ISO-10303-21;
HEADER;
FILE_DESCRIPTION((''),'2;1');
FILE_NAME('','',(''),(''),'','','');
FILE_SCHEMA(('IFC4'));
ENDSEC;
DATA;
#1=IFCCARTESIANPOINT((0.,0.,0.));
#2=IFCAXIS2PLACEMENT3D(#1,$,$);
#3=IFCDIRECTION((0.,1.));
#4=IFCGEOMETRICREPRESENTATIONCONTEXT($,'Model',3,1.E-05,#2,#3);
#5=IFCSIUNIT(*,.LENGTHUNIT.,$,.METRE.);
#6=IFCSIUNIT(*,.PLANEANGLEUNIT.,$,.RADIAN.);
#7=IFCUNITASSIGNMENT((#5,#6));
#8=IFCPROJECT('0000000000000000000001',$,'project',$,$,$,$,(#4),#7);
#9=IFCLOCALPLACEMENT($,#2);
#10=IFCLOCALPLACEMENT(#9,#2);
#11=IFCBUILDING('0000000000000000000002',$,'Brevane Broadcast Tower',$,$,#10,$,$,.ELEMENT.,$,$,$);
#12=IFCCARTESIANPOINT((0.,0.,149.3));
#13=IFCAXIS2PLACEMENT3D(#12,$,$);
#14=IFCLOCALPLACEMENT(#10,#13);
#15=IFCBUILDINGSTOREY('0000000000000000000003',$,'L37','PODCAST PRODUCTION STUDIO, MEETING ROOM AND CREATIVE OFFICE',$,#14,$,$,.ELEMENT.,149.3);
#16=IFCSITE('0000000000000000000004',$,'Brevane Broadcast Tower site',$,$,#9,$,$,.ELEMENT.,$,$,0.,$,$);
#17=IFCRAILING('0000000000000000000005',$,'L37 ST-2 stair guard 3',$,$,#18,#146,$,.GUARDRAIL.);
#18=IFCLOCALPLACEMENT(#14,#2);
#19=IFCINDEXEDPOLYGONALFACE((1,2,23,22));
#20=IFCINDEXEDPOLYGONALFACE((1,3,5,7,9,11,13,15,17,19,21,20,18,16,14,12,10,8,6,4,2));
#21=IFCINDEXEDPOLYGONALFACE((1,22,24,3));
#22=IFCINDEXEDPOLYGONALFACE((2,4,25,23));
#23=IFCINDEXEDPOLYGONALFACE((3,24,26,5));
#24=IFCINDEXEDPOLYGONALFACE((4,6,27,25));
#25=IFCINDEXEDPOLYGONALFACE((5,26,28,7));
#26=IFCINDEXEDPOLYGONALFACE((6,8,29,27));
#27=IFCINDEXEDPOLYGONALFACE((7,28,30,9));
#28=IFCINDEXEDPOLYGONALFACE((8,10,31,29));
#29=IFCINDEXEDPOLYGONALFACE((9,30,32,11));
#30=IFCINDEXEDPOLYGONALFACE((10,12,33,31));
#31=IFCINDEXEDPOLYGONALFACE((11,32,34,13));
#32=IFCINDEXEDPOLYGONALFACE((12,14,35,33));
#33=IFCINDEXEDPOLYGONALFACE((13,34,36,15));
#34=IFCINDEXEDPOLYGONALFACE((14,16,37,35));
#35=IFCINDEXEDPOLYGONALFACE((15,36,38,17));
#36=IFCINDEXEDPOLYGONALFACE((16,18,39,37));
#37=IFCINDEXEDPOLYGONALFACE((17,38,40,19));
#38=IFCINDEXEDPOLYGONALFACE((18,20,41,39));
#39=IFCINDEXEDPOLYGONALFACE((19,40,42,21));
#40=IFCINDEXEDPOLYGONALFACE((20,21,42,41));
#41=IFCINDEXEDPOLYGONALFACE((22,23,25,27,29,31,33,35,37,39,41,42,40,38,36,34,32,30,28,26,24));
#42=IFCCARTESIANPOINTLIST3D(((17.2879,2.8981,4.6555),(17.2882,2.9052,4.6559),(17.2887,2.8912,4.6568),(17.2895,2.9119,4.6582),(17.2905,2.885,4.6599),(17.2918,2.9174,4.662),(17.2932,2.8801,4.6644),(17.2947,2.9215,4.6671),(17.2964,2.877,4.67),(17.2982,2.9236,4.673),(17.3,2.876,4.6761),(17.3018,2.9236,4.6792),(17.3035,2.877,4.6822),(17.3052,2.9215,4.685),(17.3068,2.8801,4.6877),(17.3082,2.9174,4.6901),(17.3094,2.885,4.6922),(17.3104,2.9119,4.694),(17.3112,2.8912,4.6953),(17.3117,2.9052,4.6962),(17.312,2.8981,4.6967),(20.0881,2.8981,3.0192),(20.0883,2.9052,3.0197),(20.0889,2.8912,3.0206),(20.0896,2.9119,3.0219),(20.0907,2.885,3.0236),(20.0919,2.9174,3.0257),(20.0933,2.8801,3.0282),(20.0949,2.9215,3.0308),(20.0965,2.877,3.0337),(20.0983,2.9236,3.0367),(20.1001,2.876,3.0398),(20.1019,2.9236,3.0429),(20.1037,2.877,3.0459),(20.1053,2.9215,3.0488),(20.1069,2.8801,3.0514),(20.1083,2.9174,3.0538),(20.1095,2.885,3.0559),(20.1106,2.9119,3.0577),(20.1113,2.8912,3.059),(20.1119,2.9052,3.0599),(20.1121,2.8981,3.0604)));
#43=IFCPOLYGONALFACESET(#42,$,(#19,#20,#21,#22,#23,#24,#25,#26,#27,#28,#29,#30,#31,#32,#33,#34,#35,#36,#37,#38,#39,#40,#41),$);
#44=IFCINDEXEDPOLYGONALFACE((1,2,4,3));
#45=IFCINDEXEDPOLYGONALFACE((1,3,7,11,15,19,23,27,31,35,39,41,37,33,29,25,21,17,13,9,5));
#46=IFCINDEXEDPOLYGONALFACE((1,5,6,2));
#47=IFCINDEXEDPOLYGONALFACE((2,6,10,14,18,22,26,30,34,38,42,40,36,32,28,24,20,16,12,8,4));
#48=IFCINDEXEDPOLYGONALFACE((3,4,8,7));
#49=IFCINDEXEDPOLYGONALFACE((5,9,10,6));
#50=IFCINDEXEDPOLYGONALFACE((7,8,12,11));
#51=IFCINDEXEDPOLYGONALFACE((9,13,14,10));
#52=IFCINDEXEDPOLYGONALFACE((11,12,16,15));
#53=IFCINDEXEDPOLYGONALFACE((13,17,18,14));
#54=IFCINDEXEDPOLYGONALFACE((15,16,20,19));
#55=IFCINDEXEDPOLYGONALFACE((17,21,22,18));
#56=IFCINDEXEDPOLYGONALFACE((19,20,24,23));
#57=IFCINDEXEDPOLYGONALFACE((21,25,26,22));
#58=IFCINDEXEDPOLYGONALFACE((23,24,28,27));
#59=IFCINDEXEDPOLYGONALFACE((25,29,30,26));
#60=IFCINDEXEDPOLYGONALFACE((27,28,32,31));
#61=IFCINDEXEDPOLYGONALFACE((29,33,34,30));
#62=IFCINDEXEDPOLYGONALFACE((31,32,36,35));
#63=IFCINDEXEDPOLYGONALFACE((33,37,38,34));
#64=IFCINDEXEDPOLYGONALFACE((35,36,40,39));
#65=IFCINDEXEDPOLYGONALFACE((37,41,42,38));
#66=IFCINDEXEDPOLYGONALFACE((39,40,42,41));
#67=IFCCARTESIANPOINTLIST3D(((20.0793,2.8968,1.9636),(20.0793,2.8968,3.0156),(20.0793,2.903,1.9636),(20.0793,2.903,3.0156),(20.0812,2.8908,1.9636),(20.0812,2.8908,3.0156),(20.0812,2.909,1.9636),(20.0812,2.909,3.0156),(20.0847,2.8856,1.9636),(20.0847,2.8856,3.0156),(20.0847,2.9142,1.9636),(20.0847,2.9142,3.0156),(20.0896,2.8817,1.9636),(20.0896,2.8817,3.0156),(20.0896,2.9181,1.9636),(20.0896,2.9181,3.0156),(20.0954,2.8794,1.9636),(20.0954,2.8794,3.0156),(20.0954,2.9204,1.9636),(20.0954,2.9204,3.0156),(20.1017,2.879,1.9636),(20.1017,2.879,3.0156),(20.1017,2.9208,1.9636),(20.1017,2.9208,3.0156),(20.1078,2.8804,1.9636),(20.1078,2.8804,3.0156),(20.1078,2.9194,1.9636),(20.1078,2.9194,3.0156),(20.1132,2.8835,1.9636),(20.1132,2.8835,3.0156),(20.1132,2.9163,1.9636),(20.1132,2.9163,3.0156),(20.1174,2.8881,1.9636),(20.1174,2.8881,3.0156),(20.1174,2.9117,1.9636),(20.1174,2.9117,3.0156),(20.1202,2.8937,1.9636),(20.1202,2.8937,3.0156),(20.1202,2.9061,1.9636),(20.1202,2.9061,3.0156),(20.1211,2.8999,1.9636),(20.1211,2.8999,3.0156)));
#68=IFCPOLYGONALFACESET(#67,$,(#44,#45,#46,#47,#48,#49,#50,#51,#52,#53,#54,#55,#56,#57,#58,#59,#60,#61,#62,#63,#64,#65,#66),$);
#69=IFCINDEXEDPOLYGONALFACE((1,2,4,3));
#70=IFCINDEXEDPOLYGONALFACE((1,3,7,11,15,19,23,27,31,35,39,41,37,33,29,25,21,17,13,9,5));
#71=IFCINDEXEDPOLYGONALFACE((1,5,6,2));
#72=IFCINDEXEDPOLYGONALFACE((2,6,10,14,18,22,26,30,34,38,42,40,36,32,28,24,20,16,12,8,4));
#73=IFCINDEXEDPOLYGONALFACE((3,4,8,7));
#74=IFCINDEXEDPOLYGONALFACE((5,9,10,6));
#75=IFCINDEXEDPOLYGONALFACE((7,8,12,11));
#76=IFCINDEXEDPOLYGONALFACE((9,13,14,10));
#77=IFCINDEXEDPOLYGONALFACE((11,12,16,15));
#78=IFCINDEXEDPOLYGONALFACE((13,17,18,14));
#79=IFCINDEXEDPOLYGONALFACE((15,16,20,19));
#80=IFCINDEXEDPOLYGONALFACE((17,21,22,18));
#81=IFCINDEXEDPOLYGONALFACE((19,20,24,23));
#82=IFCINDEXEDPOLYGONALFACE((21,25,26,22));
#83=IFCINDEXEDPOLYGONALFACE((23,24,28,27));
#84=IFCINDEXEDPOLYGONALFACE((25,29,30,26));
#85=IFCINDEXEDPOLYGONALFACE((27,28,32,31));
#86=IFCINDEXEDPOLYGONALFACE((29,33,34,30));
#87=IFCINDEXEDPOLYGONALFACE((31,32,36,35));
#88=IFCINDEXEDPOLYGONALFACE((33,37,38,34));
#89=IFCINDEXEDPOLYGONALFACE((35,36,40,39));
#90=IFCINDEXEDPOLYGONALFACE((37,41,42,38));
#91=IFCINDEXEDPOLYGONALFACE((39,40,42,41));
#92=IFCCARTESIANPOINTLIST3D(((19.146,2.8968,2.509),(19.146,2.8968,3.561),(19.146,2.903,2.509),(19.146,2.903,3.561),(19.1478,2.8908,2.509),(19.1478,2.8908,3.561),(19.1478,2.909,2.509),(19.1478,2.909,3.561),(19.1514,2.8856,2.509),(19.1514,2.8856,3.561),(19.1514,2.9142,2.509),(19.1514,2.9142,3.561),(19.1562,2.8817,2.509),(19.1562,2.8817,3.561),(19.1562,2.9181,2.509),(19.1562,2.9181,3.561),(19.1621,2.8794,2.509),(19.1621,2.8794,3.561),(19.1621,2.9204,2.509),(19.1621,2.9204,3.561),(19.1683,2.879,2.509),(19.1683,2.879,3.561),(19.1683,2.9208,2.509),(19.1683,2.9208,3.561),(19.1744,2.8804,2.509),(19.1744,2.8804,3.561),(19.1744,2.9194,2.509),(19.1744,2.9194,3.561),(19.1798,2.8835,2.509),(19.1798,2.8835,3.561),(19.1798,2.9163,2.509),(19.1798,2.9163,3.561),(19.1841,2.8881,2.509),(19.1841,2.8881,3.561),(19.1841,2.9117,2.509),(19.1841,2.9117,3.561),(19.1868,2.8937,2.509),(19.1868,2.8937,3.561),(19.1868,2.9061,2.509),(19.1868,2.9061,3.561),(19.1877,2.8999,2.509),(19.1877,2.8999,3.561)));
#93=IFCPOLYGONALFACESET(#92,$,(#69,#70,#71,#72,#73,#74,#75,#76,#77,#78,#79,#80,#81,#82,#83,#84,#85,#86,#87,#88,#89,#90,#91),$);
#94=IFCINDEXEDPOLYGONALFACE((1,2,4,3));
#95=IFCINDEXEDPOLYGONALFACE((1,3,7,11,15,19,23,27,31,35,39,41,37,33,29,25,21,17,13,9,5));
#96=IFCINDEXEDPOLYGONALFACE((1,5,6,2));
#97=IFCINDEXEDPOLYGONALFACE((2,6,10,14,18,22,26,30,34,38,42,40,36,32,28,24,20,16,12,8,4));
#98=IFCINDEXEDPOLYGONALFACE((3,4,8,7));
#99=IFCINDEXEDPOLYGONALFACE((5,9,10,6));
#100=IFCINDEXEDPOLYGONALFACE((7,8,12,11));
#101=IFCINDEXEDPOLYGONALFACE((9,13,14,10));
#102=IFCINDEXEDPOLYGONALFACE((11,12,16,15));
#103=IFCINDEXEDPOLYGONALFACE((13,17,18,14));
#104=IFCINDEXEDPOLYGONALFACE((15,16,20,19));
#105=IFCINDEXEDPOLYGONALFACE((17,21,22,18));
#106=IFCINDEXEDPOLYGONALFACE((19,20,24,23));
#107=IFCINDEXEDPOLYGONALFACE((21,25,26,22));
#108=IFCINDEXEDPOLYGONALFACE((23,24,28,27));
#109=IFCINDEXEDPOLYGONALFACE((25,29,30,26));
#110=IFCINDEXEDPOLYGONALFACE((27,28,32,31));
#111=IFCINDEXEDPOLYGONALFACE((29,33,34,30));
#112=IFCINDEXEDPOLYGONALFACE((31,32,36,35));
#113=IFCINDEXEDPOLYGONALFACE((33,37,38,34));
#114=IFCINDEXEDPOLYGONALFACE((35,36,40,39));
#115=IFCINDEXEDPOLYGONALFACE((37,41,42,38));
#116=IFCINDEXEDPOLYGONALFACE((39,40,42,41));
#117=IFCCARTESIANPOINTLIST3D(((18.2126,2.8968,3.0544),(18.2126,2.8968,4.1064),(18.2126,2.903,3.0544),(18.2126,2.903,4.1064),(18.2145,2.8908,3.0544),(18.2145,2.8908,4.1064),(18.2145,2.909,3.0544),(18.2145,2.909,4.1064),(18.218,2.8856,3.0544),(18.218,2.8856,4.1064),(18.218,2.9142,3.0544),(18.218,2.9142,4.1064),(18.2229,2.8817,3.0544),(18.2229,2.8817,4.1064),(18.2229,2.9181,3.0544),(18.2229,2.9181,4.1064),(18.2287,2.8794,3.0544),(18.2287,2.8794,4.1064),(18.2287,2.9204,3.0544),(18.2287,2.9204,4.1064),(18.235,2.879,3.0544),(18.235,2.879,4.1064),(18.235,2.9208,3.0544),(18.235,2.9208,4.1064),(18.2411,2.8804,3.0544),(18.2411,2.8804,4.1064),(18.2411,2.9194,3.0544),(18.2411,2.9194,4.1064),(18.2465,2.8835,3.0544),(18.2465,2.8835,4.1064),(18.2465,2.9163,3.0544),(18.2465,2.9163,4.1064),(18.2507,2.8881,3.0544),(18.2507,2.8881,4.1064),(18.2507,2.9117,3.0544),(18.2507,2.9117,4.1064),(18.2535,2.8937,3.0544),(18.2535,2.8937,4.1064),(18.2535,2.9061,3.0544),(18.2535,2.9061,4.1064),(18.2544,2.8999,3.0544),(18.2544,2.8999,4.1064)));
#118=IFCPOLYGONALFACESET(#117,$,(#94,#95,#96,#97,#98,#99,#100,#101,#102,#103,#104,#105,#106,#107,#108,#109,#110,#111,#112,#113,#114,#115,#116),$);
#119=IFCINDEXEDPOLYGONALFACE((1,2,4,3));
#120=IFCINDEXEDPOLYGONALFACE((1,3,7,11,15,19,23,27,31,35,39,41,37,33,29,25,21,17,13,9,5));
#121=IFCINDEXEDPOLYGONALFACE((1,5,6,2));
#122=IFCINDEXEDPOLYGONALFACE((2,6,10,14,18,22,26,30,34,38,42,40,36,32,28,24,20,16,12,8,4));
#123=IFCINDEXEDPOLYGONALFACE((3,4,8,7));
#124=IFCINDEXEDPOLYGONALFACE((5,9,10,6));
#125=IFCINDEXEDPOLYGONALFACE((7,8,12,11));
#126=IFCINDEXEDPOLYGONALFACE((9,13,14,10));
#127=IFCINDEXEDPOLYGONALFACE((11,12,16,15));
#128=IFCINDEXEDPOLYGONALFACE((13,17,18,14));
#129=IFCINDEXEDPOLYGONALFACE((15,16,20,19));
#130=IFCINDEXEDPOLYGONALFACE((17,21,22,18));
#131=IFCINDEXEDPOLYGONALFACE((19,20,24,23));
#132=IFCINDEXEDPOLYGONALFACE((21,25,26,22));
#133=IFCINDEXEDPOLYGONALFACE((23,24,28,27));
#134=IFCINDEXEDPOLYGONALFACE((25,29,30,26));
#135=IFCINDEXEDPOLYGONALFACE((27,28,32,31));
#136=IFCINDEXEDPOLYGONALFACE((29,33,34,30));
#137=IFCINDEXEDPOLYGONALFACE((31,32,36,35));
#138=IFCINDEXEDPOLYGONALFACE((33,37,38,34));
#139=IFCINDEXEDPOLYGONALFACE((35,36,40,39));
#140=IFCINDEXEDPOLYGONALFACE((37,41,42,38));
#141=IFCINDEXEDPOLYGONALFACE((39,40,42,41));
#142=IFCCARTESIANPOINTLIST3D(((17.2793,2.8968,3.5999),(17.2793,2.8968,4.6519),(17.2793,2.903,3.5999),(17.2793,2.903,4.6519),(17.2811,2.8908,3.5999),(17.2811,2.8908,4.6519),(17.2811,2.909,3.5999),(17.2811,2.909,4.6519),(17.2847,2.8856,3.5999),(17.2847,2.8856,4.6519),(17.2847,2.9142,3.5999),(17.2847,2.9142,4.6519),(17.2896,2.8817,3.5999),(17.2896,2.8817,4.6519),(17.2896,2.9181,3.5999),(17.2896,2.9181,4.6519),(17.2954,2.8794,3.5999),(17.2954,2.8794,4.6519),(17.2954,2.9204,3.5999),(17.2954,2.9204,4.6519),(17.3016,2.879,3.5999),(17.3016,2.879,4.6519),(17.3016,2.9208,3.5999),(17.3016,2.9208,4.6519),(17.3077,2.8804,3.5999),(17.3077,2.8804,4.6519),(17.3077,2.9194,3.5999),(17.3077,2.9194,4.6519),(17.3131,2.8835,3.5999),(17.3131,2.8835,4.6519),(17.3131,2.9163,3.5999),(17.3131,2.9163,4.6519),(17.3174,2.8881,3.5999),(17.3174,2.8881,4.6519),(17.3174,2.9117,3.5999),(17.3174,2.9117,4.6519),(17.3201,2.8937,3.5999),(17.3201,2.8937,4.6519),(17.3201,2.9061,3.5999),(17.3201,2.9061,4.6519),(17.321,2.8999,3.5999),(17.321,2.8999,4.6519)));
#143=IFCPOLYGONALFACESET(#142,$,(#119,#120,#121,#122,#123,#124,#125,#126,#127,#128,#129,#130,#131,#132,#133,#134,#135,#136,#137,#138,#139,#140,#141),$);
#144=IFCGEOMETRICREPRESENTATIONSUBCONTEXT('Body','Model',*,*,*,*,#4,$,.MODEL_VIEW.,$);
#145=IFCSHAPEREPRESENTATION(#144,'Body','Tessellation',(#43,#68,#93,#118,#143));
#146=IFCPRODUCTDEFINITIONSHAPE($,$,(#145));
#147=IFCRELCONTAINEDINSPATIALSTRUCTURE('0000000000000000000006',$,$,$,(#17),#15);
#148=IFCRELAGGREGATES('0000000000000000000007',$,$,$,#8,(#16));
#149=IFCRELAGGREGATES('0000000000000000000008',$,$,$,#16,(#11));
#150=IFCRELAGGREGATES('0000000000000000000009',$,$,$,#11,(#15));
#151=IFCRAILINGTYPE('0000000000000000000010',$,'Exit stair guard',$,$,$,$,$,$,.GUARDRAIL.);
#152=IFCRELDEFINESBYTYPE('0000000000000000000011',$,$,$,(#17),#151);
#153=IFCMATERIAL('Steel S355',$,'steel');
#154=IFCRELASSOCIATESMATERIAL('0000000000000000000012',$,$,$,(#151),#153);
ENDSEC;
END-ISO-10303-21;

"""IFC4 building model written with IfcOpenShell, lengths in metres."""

from ifc_helpers import new_model, si_unit, direction, frame, origin, origin_2d, place, context, subcontext, project, spatial, circle, extrude, material, type_object, element, save


model = new_model("IFC4")

# Units and contexts
model_context = context("Model", 3, precision=1e-05, world=origin(), true_north=direction((0.0, 1.0)))
body_context = subcontext(model_context, "Body", "Model", "MODEL_VIEW")
ifc_project = project(units=[si_unit("LENGTHUNIT", "METRE"), si_unit("PLANEANGLEUNIT", "RADIAN")], contexts=[model_context])

# Site, building, storey
site_placement = place(None, origin())
site = spatial("IfcSite", under=ifc_project, at=site_placement, Name="Brevane Broadcast Tower site", CompositionType="ELEMENT", RefElevation=0.0)
building_placement = place(site_placement, origin())
building = spatial("IfcBuilding", under=site, at=building_placement, Name="Brevane Broadcast Tower", CompositionType="ELEMENT")
storey_placement = place(building_placement, frame((0.0, 0.0, 149.3)))
storey = spatial("IfcBuildingStorey", under=building, at=storey_placement, Name="L37", Description="PODCAST PRODUCTION STUDIO, MEETING ROOM AND CREATIVE OFFICE", CompositionType="ELEMENT", Elevation=149.3)

# Railing
ifc_material_1 = material(Name="Steel S355", Category="steel")
railing_type = type_object("IfcRailingType", Name="Exit stair guard", PredefinedType="GUARDRAIL", material=ifc_material_1)
railing_placement = place(storey_placement, frame((20.1001, 2.8999, 1.9636)))
element("IfcRailing", 1, at=railing_placement, inside=storey, type_object=railing_type, Name="L37 ST-2 stair guard 3", PredefinedType="GUARDRAIL", context=body_context, shape_type="SweptSolid", body=[
    extrude(circle(Radius=0.0239, at=origin_2d()), frame((0.0, 0.0, 1.0762), z_axis=(-0.863394, 0.0, 0.504531), x_axis=(0.0, -1.0, 0.0)), (0.0, 0.0, 1.0), 3.2432),
    extrude(circle(Radius=0.021, at=origin_2d()), origin(), (0.0, 0.0, 1.0), 1.052),
    extrude(circle(Radius=0.021, at=origin_2d()), frame((-0.9333, 0.0, 0.5454)), (0.0, 0.0, 1.0), 1.052),
    extrude(circle(Radius=0.021, at=origin_2d()), frame((-1.8667, 0.0, 1.0908)), (0.0, 0.0, 1.0), 1.052),
    extrude(circle(Radius=0.021, at=origin_2d()), frame((-2.8, 0.0, 1.6362)), (0.0, 0.0, 1.0), 1.052),
])

save(model, "model.ifc")
